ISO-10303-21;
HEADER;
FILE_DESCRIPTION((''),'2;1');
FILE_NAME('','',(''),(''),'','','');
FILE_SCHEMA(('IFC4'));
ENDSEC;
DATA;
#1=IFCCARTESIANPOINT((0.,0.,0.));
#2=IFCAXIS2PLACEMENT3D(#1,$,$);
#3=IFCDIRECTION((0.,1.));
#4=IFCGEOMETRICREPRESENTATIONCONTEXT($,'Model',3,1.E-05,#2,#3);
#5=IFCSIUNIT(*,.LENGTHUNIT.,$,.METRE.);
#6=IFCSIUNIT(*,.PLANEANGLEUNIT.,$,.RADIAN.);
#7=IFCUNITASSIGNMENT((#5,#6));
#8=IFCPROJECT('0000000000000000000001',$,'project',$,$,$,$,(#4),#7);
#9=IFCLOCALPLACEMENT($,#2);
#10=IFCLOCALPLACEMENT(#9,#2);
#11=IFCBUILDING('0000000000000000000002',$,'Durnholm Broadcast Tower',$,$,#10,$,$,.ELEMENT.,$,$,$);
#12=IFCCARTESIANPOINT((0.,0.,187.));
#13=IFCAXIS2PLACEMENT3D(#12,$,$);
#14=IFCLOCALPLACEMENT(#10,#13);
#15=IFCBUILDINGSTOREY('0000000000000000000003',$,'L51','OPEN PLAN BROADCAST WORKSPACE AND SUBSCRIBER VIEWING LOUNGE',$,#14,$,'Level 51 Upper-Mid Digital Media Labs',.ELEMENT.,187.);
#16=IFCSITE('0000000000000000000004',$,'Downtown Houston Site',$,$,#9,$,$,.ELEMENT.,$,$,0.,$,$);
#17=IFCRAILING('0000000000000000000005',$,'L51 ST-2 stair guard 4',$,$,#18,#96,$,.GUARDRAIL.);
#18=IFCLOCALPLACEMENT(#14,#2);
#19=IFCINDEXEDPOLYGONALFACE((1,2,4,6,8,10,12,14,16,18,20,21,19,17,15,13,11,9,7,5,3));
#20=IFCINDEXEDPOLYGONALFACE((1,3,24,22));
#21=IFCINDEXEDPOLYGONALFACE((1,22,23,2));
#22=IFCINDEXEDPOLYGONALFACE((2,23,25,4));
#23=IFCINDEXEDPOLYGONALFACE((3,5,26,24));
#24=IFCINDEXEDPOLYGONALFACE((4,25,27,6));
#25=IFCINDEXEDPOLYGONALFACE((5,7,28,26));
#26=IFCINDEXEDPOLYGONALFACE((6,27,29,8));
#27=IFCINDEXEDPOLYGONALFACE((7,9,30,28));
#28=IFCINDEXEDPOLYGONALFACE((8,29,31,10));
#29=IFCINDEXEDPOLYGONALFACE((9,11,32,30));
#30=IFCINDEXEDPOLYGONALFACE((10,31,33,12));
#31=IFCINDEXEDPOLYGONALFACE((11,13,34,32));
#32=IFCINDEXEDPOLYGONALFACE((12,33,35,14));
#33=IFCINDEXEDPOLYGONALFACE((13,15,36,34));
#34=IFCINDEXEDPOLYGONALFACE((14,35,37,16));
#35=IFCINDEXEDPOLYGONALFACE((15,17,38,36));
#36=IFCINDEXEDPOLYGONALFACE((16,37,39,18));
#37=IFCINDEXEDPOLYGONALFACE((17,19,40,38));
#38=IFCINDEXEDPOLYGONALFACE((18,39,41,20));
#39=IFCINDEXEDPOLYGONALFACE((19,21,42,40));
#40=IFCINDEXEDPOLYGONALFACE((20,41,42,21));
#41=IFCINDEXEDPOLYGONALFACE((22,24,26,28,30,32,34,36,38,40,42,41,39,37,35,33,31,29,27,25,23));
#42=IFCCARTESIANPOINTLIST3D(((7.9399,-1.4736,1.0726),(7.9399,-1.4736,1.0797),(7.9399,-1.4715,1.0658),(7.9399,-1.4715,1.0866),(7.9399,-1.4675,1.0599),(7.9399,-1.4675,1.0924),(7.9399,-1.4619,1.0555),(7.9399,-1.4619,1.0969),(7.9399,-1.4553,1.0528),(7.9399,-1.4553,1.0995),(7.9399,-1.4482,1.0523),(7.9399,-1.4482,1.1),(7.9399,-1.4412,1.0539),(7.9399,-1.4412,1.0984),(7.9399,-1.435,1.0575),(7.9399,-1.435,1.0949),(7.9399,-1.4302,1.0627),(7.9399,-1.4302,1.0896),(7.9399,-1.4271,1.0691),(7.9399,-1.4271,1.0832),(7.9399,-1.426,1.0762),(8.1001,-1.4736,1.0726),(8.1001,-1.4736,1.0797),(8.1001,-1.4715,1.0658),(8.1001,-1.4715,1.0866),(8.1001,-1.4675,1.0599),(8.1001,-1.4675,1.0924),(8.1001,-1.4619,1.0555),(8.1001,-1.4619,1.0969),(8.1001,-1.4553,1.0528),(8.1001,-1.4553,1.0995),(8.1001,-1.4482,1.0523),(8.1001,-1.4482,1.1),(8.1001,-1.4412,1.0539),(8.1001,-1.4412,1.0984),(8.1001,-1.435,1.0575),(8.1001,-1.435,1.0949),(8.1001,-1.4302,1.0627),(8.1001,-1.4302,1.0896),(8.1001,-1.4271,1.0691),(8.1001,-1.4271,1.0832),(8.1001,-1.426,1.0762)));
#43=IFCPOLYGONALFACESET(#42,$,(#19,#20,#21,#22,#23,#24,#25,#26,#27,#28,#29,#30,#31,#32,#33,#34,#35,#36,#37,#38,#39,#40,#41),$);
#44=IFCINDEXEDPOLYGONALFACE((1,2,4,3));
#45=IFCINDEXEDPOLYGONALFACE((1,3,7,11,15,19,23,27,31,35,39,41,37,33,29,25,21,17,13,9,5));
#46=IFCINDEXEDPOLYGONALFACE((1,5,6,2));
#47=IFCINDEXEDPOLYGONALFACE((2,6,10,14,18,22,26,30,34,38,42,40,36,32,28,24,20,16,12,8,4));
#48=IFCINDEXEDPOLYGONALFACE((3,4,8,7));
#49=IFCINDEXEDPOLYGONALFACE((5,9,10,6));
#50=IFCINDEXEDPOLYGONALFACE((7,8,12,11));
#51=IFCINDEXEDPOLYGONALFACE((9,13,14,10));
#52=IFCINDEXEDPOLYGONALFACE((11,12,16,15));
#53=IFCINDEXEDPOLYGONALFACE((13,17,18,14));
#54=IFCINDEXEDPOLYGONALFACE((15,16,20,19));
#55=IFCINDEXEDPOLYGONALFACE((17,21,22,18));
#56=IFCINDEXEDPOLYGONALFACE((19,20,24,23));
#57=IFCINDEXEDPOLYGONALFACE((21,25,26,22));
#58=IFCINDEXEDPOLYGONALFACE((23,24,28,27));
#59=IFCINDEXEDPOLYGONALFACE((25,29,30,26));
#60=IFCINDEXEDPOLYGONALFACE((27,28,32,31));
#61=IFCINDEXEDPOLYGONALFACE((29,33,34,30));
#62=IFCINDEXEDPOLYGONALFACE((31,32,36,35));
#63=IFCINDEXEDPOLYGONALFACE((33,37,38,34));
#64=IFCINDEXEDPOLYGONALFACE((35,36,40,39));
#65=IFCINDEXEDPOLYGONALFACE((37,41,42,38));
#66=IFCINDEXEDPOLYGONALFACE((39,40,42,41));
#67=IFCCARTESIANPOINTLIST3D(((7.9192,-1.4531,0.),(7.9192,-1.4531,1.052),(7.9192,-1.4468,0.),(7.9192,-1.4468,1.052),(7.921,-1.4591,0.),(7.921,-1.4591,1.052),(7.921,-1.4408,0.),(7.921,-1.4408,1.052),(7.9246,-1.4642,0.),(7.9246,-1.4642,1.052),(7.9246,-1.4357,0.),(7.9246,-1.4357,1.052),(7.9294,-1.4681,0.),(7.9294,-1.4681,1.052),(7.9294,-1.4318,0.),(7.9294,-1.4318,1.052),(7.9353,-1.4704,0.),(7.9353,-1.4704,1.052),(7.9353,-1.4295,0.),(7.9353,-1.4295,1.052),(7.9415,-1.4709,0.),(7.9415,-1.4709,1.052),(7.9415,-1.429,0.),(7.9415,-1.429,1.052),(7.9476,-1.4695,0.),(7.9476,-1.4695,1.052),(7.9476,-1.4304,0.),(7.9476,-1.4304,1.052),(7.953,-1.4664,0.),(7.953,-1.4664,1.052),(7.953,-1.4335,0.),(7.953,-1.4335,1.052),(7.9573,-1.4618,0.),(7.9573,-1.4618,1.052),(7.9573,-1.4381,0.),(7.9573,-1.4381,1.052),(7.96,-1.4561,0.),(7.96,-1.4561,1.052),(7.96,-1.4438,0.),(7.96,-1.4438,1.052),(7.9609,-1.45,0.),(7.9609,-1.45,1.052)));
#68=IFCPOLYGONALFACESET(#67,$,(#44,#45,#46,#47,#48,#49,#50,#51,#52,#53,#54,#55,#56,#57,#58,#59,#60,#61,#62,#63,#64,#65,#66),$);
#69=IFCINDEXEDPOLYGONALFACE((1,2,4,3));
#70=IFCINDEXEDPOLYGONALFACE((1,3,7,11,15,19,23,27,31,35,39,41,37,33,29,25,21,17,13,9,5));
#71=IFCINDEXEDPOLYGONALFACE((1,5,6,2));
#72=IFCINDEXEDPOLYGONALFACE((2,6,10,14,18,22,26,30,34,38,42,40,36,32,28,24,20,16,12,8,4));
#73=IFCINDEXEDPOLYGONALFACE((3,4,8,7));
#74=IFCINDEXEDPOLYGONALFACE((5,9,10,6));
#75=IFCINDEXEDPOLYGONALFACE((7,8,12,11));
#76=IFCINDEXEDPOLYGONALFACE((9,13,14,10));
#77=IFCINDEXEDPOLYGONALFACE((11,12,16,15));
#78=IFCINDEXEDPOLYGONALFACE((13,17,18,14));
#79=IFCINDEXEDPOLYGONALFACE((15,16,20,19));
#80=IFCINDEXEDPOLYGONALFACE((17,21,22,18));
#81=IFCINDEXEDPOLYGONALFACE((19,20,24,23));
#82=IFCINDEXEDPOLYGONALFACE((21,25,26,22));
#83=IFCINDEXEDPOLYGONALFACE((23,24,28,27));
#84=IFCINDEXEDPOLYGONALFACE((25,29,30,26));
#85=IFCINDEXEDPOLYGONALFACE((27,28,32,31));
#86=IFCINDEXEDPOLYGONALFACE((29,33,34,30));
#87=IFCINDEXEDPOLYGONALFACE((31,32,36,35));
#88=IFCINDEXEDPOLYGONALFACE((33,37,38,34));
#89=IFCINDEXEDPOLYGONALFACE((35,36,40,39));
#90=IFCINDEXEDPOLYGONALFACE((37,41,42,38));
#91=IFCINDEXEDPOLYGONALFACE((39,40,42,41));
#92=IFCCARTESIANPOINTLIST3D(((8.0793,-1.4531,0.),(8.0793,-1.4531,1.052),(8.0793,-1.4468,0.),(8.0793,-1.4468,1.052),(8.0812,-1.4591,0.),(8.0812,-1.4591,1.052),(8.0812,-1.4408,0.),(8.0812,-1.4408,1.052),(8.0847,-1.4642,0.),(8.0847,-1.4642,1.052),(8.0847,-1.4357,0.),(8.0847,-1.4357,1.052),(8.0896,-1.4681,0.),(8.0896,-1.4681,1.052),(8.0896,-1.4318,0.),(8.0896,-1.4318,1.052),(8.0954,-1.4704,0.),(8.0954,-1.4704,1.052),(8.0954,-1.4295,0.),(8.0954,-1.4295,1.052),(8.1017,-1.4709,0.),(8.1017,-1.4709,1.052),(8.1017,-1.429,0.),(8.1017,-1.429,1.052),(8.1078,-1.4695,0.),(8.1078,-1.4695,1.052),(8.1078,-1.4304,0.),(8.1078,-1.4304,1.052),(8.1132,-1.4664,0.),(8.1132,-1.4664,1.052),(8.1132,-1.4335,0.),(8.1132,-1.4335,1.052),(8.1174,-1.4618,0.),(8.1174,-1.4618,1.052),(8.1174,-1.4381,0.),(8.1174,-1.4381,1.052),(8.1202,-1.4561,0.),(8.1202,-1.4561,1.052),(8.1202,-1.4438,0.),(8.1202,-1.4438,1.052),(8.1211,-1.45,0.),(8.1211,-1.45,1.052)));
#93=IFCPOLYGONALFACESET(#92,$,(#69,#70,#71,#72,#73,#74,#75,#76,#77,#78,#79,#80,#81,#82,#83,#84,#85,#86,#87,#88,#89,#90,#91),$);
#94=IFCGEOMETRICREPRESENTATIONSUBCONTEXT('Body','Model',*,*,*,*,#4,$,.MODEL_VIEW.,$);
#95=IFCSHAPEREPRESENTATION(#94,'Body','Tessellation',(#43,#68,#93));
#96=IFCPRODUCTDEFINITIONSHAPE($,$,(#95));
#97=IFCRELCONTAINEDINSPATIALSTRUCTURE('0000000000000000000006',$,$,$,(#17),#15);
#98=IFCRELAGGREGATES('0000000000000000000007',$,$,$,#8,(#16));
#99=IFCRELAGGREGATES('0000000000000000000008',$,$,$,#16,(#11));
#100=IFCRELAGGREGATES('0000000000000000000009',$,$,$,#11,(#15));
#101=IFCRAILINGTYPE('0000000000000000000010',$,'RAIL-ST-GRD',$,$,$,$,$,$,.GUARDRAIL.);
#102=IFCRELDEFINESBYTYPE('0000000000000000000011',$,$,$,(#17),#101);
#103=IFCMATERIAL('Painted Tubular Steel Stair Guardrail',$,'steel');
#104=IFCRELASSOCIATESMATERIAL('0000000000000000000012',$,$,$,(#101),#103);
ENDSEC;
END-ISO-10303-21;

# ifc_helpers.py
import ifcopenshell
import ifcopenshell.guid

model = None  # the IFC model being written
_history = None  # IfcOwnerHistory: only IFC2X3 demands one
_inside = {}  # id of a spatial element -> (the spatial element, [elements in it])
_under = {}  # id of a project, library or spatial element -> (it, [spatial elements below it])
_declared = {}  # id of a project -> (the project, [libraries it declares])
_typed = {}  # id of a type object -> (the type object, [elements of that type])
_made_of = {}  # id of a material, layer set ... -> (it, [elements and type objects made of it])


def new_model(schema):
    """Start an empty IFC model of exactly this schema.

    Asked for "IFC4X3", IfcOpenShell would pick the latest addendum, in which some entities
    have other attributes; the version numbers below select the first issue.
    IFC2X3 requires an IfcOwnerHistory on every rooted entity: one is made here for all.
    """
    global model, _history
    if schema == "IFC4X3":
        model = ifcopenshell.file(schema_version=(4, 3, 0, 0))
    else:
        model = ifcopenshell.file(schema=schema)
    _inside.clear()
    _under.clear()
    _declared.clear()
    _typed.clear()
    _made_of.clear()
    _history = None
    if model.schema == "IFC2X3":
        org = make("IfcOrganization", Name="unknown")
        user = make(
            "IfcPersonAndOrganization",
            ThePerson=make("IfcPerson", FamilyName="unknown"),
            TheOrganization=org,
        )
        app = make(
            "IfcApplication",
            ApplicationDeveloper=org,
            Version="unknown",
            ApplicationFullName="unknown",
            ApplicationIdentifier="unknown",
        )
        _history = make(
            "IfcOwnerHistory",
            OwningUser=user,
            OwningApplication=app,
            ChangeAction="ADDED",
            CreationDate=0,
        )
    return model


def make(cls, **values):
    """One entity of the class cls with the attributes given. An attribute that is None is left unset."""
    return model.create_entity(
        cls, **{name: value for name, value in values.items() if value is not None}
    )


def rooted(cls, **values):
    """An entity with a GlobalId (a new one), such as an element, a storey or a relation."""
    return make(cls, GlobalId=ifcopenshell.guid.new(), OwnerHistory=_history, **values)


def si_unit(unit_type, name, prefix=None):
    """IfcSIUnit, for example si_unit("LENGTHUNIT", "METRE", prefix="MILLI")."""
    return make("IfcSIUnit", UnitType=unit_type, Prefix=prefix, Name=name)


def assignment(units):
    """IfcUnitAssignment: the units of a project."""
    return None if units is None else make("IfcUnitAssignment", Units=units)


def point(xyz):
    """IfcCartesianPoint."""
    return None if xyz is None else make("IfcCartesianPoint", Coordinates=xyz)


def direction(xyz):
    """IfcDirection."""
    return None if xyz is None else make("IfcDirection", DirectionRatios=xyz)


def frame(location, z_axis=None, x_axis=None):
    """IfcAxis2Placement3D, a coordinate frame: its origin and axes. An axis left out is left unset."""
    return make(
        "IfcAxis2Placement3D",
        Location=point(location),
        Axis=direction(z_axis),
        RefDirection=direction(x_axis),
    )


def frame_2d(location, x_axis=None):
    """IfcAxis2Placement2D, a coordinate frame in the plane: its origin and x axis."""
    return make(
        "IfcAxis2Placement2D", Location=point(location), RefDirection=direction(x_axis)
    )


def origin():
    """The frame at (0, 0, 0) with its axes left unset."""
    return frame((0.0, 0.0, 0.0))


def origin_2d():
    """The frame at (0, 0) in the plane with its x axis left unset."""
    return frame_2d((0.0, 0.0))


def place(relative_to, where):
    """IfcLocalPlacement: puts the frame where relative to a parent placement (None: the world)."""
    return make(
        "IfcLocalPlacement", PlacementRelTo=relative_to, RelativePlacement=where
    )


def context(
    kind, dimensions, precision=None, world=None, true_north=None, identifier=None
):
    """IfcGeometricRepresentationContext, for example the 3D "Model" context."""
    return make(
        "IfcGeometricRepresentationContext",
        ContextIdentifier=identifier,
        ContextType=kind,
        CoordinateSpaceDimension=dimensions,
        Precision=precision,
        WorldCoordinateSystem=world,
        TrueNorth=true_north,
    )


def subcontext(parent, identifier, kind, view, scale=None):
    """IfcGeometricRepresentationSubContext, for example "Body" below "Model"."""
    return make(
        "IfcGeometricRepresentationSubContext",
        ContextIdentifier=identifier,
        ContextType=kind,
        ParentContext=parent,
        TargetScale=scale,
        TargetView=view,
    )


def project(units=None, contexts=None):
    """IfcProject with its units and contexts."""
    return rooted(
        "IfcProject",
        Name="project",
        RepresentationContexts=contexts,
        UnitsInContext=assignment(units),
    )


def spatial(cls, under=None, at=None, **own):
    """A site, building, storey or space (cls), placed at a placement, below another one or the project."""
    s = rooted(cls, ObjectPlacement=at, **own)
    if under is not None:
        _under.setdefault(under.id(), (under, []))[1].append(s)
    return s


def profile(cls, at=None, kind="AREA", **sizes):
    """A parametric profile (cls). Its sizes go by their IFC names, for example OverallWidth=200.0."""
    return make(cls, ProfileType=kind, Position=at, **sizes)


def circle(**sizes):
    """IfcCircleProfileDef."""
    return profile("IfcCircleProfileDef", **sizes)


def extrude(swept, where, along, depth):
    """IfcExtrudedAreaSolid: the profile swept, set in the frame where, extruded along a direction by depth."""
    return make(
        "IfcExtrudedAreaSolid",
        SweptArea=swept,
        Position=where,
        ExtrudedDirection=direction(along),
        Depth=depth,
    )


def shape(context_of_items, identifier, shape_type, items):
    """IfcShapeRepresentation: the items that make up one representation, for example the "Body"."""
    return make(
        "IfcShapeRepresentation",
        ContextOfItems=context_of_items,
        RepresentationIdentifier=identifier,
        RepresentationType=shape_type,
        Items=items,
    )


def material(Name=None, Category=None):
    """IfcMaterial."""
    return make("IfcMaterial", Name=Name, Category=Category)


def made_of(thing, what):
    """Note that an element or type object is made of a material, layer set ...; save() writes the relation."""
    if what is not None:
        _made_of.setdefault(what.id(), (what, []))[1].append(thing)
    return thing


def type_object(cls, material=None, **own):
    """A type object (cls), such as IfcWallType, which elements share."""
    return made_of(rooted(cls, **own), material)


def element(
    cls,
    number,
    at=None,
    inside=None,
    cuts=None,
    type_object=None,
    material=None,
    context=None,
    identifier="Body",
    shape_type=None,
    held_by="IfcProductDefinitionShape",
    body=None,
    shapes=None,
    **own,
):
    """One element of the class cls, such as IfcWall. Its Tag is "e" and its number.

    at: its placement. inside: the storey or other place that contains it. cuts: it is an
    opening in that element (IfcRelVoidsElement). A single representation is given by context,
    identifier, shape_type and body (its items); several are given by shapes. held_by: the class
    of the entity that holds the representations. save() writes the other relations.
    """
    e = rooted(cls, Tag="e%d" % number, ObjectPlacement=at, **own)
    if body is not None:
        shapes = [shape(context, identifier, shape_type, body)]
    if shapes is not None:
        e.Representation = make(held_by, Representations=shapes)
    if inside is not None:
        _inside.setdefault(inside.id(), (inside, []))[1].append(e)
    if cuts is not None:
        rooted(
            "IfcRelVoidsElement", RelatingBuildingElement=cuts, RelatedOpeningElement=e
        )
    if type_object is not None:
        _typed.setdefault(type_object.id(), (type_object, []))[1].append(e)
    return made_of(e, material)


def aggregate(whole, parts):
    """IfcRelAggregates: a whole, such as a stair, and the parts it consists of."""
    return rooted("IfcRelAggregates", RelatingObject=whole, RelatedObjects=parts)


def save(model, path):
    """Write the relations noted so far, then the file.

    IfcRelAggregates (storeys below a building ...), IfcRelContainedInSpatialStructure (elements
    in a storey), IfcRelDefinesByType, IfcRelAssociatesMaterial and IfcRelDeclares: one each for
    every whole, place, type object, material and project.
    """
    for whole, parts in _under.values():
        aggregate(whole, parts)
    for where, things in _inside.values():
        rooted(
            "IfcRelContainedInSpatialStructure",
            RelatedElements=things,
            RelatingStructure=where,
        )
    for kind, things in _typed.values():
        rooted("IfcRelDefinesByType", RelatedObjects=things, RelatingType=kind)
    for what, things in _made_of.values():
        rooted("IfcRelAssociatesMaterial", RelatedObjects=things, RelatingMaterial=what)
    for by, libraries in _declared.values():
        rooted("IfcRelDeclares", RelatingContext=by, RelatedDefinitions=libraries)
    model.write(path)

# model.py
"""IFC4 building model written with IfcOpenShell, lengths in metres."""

from ifc_helpers import new_model, si_unit, direction, frame, origin, origin_2d, place, context, subcontext, project, spatial, circle, extrude, material, type_object, element, save


model = new_model("IFC4")

# Units and contexts
model_context = context("Model", 3, precision=1e-05, world=origin(), true_north=direction((0.0, 1.0)))
body_context = subcontext(model_context, "Body", "Model", "MODEL_VIEW")
ifc_project = project(units=[si_unit("LENGTHUNIT", "METRE"), si_unit("PLANEANGLEUNIT", "RADIAN")], contexts=[model_context])

# Site, building, storey
site_placement = place(None, origin())
site = spatial("IfcSite", under=ifc_project, at=site_placement, Name="Downtown Houston Site", CompositionType="ELEMENT", RefElevation=0.0)
building_placement = place(site_placement, origin())
building = spatial("IfcBuilding", under=site, at=building_placement, Name="Durnholm Broadcast Tower", CompositionType="ELEMENT")
storey_placement = place(building_placement, frame((0.0, 0.0, 187.0)))
storey = spatial("IfcBuildingStorey", under=building, at=storey_placement, Name="L51", Description="OPEN PLAN BROADCAST WORKSPACE AND SUBSCRIBER VIEWING LOUNGE", LongName="Level 51 Upper-Mid Digital Media Labs", CompositionType="ELEMENT", Elevation=187.0)

# Railing
ifc_material_1 = material(Name="Painted Tubular Steel Stair Guardrail", Category="steel")
railing_type = type_object("IfcRailingType", Name="RAIL-ST-GRD", PredefinedType="GUARDRAIL", material=ifc_material_1)
railing_1_placement = place(storey_placement, frame((7.9399, -1.45, 0.0)))
element("IfcRailing", 1, at=railing_1_placement, inside=storey, type_object=railing_type, Name="L51 ST-2 stair guard 4", PredefinedType="GUARDRAIL", context=body_context, shape_type="SweptSolid", body=[
    extrude(circle(Radius=0.0239, at=origin_2d()), frame((0.0, 0.0, 1.0762), z_axis=(1.0, 0.0, 0.0), x_axis=(0.0, 1.0, 0.0)), (0.0, 0.0, 1.0), 0.1602),
    extrude(circle(Radius=0.021, at=origin_2d()), origin(), (0.0, 0.0, 1.0), 1.052),
    extrude(circle(Radius=0.021, at=origin_2d()), frame((0.1602, 0.0, 0.0)), (0.0, 0.0, 1.0), 1.052),
])

save(model, "model.ifc")
